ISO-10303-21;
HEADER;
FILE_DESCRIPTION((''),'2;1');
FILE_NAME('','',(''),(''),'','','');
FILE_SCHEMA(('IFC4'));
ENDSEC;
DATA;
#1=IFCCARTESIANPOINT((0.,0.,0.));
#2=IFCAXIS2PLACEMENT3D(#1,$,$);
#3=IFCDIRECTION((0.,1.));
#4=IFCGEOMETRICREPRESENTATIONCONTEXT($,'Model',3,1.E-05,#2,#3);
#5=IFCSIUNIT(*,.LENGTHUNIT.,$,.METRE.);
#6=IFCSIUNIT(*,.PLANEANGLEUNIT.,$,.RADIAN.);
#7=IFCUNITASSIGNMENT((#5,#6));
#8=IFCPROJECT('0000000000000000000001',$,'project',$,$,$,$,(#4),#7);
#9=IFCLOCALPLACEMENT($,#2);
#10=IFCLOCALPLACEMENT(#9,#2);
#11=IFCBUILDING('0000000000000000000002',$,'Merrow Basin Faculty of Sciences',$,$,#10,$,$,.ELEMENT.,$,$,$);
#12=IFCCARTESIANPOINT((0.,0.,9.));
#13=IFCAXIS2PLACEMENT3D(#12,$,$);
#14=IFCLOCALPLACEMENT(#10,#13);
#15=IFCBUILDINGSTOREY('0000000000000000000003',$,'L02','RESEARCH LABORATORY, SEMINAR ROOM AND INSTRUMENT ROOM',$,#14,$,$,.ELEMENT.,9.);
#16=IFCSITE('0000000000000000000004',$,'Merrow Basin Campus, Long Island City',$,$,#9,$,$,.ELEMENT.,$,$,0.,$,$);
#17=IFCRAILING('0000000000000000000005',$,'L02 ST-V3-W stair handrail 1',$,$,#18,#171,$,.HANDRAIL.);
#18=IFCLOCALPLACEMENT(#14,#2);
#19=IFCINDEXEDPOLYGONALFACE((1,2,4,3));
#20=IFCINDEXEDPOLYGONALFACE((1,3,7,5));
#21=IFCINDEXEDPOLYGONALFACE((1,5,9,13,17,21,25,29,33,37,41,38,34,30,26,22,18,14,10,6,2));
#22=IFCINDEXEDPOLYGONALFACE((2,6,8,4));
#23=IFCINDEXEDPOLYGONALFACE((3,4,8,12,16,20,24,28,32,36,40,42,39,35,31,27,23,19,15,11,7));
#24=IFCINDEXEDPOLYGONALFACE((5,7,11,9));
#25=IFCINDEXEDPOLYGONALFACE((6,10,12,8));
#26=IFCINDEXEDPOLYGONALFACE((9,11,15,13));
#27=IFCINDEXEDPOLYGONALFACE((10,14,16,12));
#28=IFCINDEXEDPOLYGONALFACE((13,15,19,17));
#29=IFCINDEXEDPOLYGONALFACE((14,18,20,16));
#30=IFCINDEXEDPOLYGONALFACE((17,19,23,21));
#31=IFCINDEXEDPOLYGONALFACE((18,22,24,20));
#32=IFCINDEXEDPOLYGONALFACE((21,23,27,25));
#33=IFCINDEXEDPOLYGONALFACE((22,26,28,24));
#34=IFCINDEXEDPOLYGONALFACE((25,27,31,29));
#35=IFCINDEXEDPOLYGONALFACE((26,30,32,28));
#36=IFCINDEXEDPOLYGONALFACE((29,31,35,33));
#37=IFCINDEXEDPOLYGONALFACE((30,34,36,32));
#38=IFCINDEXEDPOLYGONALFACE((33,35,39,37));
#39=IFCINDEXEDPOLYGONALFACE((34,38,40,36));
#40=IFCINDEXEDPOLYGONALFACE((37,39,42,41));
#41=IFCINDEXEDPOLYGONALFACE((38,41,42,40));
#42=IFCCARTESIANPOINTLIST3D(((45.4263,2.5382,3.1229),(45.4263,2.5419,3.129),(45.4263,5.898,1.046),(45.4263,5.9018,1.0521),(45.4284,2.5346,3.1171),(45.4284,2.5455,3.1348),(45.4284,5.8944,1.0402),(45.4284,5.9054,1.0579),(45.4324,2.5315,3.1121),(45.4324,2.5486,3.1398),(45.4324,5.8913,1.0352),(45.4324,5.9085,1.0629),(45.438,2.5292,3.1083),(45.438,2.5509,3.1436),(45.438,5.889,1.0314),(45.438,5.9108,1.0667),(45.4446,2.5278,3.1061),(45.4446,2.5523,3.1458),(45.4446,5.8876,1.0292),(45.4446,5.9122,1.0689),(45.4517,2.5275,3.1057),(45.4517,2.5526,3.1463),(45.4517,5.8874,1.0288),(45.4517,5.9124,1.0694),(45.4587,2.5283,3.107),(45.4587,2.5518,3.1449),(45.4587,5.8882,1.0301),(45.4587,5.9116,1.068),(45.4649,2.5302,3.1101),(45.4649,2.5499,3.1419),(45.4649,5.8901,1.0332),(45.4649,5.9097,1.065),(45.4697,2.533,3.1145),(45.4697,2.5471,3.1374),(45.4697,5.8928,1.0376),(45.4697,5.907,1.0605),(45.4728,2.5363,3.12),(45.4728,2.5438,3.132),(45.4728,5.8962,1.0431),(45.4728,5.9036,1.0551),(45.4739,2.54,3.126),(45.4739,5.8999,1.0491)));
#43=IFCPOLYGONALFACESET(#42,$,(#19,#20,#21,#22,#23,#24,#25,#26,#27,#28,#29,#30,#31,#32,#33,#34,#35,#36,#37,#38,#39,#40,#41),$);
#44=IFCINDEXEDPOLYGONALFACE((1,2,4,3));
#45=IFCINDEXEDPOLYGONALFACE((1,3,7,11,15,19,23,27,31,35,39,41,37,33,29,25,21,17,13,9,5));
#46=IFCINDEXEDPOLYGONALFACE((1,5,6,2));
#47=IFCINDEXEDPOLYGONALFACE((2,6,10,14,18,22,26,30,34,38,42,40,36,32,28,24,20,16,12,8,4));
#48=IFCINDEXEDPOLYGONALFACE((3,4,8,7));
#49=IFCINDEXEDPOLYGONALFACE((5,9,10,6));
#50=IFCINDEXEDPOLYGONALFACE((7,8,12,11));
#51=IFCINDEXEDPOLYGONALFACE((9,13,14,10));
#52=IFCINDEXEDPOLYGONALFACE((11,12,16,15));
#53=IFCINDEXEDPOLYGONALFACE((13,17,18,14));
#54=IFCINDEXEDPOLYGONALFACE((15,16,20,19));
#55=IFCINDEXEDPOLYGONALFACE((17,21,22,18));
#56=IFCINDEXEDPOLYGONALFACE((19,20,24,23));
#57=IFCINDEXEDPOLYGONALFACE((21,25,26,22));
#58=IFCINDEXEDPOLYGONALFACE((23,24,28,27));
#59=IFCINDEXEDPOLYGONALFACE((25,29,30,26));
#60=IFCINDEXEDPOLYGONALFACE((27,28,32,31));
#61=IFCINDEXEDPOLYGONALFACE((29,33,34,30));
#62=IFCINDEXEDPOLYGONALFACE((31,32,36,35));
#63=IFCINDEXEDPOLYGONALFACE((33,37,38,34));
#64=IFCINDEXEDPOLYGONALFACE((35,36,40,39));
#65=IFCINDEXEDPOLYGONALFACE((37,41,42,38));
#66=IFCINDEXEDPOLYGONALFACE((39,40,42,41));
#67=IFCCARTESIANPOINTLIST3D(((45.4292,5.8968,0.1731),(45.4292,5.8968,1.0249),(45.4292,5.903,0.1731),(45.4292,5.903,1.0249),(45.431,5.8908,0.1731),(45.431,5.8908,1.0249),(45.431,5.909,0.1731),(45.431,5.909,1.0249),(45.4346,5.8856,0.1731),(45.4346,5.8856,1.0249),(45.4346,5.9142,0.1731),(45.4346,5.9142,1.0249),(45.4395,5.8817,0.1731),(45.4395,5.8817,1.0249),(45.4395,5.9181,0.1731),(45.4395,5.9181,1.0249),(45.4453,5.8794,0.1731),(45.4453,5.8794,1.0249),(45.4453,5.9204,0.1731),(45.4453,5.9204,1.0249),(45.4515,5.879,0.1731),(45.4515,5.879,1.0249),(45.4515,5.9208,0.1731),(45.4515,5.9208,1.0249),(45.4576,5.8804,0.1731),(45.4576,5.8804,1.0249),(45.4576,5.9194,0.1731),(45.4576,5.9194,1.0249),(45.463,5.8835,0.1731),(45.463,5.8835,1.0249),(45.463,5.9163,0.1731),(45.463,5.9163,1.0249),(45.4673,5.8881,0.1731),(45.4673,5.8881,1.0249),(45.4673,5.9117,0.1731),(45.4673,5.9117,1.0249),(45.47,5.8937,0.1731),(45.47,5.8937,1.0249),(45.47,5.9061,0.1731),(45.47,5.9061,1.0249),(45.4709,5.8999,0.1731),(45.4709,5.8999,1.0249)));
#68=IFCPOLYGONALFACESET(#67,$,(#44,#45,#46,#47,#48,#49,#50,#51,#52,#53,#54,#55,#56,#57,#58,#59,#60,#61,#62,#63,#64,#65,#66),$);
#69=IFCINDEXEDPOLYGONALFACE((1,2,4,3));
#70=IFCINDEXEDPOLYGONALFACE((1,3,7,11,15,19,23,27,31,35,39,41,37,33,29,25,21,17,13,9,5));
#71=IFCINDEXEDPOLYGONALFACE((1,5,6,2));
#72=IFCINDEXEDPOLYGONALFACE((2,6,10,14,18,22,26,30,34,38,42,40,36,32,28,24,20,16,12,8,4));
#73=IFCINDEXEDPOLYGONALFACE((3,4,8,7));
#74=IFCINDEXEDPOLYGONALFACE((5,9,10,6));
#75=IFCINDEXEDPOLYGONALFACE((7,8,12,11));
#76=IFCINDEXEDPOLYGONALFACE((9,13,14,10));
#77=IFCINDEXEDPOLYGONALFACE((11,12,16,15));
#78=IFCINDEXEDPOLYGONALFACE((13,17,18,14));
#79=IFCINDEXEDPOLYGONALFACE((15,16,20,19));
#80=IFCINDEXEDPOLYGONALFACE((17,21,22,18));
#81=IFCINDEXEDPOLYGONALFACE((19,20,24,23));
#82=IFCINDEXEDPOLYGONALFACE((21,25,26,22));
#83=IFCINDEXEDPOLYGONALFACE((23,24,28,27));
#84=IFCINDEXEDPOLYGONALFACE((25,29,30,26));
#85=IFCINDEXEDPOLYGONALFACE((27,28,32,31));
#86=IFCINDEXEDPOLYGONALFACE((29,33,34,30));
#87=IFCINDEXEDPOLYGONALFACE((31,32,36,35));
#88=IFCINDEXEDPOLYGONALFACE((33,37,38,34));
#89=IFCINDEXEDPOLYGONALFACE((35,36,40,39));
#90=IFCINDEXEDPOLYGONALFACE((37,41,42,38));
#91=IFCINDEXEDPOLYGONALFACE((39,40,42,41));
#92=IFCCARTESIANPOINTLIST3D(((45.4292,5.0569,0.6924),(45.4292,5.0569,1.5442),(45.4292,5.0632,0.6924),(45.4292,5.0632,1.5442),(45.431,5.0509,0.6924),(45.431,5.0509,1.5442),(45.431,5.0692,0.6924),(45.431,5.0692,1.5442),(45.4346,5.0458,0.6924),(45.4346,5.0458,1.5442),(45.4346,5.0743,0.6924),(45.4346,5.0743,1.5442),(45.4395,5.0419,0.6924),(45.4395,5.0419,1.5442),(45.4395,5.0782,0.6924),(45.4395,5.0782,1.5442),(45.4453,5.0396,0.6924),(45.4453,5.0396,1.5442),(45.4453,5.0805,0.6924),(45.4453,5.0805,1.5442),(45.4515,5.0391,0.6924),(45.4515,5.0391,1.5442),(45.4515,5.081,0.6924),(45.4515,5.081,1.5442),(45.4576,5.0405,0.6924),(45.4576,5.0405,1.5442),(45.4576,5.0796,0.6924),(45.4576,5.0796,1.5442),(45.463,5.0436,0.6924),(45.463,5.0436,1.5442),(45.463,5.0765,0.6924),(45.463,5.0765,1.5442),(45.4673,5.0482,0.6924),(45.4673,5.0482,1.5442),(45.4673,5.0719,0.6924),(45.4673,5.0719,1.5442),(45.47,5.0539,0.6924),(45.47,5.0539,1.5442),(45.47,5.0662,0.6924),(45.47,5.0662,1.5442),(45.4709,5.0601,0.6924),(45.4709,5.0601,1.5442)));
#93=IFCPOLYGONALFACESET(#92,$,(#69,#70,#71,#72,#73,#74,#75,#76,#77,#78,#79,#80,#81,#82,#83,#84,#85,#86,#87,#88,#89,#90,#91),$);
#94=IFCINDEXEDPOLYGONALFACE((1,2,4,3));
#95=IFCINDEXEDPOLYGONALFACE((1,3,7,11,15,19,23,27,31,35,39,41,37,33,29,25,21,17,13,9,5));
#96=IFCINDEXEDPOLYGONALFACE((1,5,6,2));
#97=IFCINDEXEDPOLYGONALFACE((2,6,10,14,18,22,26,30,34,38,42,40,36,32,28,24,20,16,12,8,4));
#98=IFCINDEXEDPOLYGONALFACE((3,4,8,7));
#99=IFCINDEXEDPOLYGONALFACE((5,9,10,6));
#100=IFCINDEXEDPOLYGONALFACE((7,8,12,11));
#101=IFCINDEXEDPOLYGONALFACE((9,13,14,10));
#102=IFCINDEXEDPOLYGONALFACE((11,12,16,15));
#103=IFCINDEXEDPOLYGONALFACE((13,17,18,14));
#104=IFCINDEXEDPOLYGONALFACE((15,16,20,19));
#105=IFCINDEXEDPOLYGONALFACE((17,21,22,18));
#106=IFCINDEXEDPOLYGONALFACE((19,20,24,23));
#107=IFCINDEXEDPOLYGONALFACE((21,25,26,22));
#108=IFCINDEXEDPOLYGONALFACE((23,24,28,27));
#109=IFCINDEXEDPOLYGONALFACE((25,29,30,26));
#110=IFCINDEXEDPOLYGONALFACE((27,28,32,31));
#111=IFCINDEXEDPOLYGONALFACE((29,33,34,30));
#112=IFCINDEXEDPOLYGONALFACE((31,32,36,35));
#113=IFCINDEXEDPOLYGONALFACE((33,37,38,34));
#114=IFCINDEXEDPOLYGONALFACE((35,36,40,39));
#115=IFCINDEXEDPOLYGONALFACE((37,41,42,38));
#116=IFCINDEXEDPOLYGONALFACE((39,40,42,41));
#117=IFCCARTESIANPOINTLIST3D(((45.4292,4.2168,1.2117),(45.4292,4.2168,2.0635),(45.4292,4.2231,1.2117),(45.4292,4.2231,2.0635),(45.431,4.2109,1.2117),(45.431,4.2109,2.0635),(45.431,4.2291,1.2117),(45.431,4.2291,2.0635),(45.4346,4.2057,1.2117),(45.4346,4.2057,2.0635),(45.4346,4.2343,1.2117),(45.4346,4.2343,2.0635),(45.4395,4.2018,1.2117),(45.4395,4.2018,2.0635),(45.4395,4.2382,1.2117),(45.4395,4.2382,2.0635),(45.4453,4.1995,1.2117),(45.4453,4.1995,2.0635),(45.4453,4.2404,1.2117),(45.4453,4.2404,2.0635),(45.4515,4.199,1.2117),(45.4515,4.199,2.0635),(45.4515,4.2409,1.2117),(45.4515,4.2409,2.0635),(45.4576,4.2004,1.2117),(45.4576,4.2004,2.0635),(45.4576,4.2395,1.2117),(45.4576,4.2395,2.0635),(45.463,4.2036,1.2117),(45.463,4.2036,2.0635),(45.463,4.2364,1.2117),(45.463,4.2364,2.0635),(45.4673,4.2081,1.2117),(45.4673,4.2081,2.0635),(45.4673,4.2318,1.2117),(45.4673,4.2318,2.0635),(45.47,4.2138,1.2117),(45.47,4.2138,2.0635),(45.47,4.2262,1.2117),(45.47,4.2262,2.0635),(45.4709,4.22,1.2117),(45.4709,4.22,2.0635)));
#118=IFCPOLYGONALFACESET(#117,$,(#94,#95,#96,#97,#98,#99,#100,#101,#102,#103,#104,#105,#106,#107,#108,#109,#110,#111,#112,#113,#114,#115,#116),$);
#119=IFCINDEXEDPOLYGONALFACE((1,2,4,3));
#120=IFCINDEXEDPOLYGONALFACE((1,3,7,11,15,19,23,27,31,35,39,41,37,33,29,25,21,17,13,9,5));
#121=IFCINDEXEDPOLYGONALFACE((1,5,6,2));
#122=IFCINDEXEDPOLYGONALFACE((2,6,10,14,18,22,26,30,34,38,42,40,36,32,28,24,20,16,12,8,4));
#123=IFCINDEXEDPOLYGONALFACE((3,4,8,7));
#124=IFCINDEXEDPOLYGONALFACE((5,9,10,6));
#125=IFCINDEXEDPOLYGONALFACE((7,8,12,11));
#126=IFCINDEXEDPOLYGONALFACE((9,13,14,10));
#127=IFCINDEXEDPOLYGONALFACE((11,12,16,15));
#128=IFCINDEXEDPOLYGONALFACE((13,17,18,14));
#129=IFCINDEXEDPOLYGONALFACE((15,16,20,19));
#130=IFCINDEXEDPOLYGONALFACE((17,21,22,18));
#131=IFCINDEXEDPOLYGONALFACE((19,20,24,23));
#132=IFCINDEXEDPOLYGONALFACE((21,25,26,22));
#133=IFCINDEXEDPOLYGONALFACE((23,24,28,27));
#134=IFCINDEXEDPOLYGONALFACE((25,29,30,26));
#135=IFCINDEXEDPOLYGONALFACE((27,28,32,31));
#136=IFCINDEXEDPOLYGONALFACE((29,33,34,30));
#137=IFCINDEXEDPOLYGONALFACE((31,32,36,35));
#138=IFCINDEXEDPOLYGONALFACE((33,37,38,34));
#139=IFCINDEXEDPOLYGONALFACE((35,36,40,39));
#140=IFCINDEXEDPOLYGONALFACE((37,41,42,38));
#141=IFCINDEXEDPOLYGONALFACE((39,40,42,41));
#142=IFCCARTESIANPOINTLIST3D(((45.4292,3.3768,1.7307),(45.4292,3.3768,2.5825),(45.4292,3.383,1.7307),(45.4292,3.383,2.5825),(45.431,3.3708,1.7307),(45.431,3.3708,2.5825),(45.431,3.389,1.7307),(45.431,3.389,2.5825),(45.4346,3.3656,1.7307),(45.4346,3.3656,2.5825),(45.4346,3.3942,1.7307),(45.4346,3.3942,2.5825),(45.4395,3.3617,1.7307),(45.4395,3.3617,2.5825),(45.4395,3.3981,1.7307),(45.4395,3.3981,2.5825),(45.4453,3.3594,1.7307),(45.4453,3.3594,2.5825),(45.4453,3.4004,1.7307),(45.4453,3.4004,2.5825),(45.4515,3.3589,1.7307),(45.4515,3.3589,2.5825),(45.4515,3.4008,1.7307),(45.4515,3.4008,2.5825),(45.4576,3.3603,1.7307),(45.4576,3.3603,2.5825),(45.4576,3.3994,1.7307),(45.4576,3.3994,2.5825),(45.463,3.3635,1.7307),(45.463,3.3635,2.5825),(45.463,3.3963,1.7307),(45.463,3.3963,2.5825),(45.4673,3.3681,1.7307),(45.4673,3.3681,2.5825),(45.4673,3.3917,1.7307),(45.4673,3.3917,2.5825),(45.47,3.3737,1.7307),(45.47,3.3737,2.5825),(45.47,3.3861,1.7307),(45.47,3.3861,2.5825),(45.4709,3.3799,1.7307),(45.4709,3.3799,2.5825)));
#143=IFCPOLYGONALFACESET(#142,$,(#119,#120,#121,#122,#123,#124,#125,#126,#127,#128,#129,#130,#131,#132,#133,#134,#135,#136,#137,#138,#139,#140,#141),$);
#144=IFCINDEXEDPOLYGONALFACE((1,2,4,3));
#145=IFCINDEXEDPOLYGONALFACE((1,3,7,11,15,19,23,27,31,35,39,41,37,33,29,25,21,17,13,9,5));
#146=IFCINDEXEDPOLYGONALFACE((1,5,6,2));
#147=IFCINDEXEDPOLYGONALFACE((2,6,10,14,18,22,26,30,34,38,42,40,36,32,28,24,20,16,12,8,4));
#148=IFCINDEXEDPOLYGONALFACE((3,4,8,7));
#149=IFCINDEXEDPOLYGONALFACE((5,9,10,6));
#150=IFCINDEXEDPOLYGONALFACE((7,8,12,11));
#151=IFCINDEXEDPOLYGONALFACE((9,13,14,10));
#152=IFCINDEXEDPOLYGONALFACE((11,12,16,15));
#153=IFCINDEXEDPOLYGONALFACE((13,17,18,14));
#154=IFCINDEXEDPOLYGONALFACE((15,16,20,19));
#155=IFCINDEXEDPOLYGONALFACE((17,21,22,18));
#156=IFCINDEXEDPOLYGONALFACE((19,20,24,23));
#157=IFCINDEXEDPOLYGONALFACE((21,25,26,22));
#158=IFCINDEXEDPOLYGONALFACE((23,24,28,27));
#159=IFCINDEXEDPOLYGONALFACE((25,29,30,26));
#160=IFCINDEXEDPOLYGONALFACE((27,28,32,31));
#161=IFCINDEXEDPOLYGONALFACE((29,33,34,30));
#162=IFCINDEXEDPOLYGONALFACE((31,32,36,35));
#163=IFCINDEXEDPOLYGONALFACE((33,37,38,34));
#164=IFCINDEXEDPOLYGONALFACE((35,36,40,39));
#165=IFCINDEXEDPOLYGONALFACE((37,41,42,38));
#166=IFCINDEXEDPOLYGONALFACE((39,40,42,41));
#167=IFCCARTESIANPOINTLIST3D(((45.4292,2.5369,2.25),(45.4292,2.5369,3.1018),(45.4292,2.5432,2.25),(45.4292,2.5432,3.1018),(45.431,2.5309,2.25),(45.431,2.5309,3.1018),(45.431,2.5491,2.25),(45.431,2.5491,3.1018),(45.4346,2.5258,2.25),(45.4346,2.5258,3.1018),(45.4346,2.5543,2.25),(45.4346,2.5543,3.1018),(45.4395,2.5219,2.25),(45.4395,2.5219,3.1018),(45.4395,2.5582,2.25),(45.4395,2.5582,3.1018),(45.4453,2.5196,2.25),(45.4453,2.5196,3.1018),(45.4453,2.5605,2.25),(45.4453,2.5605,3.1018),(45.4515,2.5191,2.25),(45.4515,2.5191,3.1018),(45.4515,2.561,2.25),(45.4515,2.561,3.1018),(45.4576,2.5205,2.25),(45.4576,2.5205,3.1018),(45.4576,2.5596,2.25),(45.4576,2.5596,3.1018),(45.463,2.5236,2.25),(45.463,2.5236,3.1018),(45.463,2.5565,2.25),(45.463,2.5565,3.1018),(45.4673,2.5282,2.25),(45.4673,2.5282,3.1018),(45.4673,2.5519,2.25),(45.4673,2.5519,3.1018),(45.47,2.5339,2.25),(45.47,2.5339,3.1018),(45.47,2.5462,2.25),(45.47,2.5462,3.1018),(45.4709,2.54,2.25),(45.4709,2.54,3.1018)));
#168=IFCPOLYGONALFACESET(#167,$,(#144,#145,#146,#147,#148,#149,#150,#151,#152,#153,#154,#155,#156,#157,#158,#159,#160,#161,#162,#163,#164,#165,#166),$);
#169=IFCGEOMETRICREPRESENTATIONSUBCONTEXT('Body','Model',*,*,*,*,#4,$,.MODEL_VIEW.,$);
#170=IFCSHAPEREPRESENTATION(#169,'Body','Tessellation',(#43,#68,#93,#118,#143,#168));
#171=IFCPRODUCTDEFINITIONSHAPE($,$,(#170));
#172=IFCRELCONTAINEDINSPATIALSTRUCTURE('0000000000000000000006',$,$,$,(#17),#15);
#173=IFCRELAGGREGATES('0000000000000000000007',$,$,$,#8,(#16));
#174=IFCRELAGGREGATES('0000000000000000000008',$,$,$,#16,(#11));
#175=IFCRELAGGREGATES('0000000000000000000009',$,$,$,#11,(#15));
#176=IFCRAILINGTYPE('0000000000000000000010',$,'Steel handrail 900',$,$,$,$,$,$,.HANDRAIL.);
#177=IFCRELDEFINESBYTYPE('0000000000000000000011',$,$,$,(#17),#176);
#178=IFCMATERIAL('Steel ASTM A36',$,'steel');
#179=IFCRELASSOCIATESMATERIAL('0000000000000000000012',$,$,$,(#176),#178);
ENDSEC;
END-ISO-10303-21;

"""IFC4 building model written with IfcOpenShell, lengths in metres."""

from ifc_helpers import new_model, si_unit, direction, frame, origin, origin_2d, place, context, subcontext, project, spatial, circle, extrude, material, type_object, element, save


model = new_model("IFC4")

# Units and contexts
model_context = context("Model", 3, precision=1e-05, world=origin(), true_north=direction((0.0, 1.0)))
body_context = subcontext(model_context, "Body", "Model", "MODEL_VIEW")
ifc_project = project(units=[si_unit("LENGTHUNIT", "METRE"), si_unit("PLANEANGLEUNIT", "RADIAN")], contexts=[model_context])

# Site, building, storey
site_placement = place(None, origin())
site = spatial("IfcSite", under=ifc_project, at=site_placement, Name="Merrow Basin Campus, Long Island City", CompositionType="ELEMENT", RefElevation=0.0)
building_placement = place(site_placement, origin())
building = spatial("IfcBuilding", under=site, at=building_placement, Name="Merrow Basin Faculty of Sciences", CompositionType="ELEMENT")
storey_placement = place(building_placement, frame((0.0, 0.0, 9.0)))
storey = spatial("IfcBuildingStorey", under=building, at=storey_placement, Name="L02", Description="RESEARCH LABORATORY, SEMINAR ROOM AND INSTRUMENT ROOM", CompositionType="ELEMENT", Elevation=9.0)

# Railing
ifc_material_1 = material(Name="Steel ASTM A36", Category="steel")
railing_type_1 = type_object("IfcRailingType", Name="Steel handrail 900", PredefinedType="HANDRAIL", material=ifc_material_1)
railing_1_placement = place(storey_placement, frame((45.45, 5.8999, 0.1731)))
element("IfcRailing", 1, at=railing_1_placement, inside=storey, type_object=railing_type_1, Name="L02 ST-V3-W stair handrail 1", PredefinedType="HANDRAIL", context=body_context, shape_type="SweptSolid", body=[
    extrude(circle(Radius=0.0239, at=origin_2d()), frame((0.0, 0.0, 0.876), z_axis=(0.0, -0.850606, 0.525803), x_axis=(1.0, 0.0, 0.0)), (0.0, 0.0, 1.0), 3.95),
    extrude(circle(Radius=0.021, at=origin_2d()), origin(), (0.0, 0.0, 1.0), 0.8518),
    extrude(circle(Radius=0.021, at=origin_2d()), frame((0.0, -0.8398, 0.5193)), (0.0, 0.0, 1.0), 0.8518),
    extrude(circle(Radius=0.021, at=origin_2d()), frame((0.0, -1.6799, 1.0386)), (0.0, 0.0, 1.0), 0.8518),
    extrude(circle(Radius=0.021, at=origin_2d()), frame((0.0, -2.52, 1.5576)), (0.0, 0.0, 1.0), 0.8518),
    extrude(circle(Radius=0.021, at=origin_2d()), frame((0.0, -3.3599, 2.0769)), (0.0, 0.0, 1.0), 0.8518),
])

save(model, "model.ifc")
